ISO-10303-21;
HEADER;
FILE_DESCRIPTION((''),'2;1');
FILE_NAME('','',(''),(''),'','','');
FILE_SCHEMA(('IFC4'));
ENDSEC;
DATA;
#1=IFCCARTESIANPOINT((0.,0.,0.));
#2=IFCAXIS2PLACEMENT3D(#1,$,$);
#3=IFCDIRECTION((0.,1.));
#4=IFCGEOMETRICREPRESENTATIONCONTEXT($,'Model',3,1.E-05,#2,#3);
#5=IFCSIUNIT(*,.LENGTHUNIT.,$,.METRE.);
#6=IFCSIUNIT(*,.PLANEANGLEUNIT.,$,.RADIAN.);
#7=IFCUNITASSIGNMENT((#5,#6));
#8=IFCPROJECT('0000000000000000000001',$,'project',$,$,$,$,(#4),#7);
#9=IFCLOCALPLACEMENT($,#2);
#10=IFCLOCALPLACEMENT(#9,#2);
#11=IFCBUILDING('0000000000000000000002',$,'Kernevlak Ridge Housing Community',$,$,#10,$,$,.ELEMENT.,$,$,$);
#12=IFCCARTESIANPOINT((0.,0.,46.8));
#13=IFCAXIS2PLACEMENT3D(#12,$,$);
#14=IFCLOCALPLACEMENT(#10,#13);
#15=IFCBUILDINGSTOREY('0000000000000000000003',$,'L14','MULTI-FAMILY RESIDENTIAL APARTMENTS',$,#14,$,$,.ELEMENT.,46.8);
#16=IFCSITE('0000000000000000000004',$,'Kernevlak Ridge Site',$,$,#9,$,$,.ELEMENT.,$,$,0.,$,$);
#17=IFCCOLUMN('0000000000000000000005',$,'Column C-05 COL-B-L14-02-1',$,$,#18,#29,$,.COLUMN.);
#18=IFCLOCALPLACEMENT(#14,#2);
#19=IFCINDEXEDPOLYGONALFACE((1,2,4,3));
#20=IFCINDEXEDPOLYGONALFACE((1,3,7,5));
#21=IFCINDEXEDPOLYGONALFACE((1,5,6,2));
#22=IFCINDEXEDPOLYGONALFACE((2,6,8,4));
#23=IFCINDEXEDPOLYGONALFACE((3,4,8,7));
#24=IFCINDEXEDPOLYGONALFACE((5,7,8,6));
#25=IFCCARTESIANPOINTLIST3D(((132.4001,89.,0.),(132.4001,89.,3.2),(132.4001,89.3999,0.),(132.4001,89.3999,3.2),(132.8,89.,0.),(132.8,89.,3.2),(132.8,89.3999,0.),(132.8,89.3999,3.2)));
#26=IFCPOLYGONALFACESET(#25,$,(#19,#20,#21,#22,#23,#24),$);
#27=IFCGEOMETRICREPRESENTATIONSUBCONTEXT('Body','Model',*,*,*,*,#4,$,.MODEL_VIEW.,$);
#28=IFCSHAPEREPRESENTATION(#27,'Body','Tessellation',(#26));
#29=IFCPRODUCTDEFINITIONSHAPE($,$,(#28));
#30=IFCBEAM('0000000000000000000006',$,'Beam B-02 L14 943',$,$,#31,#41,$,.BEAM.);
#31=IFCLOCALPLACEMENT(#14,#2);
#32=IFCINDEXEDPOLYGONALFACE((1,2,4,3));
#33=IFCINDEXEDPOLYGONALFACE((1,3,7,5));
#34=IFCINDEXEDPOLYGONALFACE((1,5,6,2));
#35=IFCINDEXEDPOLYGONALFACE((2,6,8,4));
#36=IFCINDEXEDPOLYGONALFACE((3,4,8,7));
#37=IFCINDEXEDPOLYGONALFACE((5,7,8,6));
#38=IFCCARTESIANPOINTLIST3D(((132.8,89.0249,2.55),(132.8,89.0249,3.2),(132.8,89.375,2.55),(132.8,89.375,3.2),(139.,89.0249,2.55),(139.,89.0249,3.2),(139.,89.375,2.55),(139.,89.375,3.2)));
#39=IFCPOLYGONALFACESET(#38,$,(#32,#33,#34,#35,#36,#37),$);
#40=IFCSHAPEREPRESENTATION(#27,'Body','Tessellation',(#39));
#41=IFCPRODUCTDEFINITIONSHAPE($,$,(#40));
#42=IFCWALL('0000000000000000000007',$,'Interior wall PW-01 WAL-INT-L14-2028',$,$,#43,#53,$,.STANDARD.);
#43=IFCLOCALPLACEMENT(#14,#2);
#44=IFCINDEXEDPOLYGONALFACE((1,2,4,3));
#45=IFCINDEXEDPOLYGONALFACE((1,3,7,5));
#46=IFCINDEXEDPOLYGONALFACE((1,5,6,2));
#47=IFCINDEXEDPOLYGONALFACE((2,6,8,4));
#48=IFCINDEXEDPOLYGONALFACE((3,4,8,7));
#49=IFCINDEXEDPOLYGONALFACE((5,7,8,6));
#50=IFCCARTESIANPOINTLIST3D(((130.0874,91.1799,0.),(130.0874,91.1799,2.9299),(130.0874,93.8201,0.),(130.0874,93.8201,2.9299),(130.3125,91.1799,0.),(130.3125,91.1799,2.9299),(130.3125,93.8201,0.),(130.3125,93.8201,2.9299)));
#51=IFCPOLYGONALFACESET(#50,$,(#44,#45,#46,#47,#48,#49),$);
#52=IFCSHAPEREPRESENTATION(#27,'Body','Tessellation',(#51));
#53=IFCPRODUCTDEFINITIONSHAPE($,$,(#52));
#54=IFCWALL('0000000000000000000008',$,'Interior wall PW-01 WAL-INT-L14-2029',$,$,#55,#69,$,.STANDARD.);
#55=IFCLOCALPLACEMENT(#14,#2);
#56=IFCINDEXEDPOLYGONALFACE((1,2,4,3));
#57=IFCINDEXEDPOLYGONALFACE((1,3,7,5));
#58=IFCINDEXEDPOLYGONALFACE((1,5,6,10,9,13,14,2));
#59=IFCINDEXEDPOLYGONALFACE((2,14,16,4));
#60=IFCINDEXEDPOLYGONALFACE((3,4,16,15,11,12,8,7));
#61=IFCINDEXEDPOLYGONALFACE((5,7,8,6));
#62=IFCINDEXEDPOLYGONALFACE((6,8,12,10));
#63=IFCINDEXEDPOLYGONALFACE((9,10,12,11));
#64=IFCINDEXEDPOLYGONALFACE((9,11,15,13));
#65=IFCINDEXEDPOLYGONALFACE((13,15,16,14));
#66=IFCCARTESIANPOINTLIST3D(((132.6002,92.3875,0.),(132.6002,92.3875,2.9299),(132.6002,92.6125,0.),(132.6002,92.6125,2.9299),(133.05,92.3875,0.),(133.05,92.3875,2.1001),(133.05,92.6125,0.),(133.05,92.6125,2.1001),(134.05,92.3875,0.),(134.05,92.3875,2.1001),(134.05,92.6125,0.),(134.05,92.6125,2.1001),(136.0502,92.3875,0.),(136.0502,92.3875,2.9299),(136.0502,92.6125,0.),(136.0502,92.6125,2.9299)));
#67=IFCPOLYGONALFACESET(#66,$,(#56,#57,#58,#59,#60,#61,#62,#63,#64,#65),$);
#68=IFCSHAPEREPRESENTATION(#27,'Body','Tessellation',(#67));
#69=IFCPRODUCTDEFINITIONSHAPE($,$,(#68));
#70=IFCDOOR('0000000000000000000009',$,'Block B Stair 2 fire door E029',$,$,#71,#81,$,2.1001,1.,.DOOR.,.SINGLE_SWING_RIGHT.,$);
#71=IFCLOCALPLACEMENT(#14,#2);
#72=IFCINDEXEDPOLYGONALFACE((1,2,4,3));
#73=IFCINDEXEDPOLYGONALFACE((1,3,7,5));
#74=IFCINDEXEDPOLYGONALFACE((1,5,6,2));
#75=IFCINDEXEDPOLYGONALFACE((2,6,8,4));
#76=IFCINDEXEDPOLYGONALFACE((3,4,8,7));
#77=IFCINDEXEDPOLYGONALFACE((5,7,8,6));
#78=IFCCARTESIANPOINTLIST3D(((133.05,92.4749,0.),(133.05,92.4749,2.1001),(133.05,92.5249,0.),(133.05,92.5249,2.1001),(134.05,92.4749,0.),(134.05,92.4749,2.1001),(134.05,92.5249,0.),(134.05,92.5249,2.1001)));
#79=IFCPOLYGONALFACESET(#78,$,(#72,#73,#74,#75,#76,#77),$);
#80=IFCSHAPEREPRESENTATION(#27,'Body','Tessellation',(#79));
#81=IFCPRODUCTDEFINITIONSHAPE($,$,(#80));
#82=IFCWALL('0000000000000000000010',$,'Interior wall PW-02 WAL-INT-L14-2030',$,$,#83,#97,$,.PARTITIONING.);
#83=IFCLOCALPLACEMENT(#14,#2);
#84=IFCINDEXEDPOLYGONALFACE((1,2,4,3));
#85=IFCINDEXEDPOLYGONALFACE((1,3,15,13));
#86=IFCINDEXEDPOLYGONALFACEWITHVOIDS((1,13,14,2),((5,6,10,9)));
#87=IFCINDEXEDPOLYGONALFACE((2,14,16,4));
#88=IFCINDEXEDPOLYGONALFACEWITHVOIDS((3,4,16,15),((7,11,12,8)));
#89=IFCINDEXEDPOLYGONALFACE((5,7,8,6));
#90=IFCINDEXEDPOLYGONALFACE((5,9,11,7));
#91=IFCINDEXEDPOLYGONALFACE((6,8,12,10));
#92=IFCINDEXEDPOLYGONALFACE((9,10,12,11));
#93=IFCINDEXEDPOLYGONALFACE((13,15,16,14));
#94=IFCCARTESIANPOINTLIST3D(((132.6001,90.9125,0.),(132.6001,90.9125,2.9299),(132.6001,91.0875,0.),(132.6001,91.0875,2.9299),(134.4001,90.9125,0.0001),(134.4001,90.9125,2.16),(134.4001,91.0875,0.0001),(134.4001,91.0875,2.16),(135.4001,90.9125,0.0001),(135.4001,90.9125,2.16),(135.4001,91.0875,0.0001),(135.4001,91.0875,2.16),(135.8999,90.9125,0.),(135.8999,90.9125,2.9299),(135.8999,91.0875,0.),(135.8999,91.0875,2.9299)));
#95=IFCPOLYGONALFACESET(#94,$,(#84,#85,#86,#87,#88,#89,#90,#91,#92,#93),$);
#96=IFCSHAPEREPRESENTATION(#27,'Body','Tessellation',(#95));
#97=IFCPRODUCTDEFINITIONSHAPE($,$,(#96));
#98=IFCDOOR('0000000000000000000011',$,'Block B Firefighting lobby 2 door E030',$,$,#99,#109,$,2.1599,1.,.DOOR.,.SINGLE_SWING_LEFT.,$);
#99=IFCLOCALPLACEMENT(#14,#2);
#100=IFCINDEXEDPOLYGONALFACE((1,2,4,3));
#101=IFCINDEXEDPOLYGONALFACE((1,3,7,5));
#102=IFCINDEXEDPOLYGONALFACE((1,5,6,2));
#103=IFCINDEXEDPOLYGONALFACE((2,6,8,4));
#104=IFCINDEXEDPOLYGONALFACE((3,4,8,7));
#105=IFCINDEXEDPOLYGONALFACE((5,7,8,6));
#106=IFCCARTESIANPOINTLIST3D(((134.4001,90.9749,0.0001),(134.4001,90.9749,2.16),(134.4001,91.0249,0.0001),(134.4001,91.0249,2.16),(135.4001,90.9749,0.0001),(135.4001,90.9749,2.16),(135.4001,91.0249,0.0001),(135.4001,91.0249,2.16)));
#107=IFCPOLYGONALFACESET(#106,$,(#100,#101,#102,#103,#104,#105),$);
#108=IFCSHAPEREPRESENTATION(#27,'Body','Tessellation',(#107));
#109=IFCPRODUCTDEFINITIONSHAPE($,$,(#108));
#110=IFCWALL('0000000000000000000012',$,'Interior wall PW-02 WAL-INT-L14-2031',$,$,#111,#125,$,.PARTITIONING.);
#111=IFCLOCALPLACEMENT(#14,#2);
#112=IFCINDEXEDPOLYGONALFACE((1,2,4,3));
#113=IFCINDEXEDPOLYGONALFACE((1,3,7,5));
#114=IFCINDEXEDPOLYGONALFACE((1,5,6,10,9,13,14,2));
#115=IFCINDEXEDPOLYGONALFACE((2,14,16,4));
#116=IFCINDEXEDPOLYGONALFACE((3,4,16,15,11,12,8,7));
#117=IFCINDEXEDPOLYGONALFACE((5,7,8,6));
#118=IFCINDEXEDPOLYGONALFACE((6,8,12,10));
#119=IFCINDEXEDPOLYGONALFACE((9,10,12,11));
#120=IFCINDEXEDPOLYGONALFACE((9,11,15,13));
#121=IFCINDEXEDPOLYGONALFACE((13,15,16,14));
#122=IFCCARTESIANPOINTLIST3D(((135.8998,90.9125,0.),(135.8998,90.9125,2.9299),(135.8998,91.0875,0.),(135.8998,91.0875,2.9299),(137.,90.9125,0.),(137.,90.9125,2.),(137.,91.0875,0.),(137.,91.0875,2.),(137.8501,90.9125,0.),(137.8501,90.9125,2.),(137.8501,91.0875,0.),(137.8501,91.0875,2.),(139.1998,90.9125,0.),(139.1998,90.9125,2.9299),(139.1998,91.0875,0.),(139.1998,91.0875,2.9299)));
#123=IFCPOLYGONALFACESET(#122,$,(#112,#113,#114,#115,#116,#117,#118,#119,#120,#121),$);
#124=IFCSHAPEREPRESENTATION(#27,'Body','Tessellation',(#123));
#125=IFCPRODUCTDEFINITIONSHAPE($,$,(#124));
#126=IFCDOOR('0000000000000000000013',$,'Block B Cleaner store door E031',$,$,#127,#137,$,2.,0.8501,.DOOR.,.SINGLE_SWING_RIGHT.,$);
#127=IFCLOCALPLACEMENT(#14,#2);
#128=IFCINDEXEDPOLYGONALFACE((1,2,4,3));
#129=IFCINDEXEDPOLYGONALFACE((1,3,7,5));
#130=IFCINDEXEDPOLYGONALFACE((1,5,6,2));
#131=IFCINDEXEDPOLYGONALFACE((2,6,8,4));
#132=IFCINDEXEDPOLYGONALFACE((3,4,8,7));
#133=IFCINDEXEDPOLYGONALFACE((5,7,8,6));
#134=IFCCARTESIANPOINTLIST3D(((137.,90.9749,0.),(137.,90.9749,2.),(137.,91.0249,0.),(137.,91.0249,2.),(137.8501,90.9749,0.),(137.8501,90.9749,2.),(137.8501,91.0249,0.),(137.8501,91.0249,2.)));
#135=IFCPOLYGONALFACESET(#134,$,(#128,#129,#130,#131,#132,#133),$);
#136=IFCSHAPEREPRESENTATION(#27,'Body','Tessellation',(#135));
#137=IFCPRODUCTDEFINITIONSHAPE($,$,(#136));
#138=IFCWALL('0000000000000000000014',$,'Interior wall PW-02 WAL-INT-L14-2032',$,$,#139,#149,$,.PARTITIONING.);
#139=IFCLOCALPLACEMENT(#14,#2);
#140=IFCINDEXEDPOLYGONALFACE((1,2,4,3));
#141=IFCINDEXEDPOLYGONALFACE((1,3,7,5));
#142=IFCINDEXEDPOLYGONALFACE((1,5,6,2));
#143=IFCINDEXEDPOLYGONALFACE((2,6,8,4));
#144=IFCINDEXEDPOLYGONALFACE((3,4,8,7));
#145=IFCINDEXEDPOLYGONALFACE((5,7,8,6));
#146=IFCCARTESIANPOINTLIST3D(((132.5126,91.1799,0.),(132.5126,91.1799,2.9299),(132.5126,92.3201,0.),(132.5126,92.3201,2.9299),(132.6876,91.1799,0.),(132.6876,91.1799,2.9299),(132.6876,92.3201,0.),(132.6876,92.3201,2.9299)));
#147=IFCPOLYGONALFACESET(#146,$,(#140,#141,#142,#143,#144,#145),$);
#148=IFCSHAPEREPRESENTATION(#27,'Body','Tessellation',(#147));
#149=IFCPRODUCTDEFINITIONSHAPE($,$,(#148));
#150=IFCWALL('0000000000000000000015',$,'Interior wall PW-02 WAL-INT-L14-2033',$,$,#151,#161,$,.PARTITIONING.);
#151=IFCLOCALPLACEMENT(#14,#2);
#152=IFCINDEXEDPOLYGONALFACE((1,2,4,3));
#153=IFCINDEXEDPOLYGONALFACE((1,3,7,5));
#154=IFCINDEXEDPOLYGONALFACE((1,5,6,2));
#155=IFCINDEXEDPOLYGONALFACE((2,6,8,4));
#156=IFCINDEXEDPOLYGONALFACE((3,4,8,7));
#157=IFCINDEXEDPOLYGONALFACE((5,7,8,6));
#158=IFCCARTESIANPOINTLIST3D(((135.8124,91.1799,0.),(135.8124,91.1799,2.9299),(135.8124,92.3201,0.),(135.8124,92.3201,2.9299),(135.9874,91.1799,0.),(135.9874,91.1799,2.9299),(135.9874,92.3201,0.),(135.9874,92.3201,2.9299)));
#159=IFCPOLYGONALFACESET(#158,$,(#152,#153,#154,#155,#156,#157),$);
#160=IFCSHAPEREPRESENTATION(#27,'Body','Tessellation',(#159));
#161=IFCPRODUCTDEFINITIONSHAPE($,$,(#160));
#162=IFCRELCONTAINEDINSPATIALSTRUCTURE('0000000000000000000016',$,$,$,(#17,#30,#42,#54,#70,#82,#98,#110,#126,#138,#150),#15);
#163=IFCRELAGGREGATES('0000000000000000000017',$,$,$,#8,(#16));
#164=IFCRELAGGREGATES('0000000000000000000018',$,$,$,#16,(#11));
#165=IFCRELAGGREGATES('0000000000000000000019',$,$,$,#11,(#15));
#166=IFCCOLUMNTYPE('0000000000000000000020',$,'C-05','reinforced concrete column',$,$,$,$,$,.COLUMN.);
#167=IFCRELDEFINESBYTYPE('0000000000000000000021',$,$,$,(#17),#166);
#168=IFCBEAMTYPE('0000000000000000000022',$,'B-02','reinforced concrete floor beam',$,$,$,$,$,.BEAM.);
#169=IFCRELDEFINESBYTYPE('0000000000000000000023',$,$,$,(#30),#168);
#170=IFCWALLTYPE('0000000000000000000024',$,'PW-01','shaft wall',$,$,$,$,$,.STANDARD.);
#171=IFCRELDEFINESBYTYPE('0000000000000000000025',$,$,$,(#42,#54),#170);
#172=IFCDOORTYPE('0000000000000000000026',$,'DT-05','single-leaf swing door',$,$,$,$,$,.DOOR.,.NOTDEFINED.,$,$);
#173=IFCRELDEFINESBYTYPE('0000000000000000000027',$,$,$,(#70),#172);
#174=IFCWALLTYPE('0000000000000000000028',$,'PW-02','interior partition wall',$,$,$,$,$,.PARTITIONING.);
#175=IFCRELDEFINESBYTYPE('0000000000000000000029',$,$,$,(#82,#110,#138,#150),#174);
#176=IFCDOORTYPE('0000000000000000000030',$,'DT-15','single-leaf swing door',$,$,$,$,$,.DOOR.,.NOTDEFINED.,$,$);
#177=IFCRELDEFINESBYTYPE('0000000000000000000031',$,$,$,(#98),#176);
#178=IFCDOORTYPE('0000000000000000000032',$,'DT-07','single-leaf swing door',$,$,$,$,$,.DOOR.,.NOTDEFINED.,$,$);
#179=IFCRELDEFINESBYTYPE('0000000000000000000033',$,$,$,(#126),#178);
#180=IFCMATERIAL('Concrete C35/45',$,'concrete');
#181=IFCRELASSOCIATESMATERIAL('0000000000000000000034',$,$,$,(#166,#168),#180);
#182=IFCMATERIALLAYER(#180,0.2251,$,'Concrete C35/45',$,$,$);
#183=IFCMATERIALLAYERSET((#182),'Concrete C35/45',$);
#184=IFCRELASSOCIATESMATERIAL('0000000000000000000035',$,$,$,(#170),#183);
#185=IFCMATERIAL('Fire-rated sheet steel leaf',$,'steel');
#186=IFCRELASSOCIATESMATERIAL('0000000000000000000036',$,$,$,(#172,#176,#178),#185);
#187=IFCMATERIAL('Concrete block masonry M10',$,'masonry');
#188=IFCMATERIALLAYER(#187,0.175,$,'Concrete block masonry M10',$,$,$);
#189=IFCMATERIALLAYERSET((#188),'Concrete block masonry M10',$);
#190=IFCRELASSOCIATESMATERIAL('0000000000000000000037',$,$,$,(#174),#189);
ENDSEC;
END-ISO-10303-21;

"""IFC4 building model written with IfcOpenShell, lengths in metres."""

from ifc_helpers import new_model, si_unit, direction, frame, frame_2d, origin, origin_2d, place, context, subcontext, project, spatial, rectangle, extrude, material, layer, layer_set, material_profile, profile_set, type_object, element, fill, save


model = new_model("IFC4")

# Units and contexts
model_context = context("Model", 3, precision=1e-05, world=origin(), true_north=direction((0.0, 1.0)))
body_context = subcontext(model_context, "Body", "Model", "MODEL_VIEW")
ifc_project = project(units=[si_unit("LENGTHUNIT", "METRE"), si_unit("PLANEANGLEUNIT", "RADIAN")], contexts=[model_context])

# Site, building, storey
site_placement = place(None, origin())
site = spatial("IfcSite", under=ifc_project, at=site_placement, Name="Kernevlak Ridge Site", CompositionType="ELEMENT", RefElevation=0.0)
building_placement = place(site_placement, origin())
building = spatial("IfcBuilding", under=site, at=building_placement, Name="Kernevlak Ridge Housing Community", CompositionType="ELEMENT")
storey_placement = place(building_placement, frame((0.0, 0.0, 46.8)))
storey = spatial("IfcBuildingStorey", under=building, at=storey_placement, Name="L14", Description="MULTI-FAMILY RESIDENTIAL APARTMENTS", CompositionType="ELEMENT", Elevation=46.8)

# Column
ifc_material_1 = material(Name="Concrete C35/45", Category="concrete")
ifc_material_profile_1 = material_profile(ifc_material_1, rectangle(XDim=0.3999, YDim=0.3999, at=origin_2d()), Name="RC 400x400")
ifc_profile_set_1 = profile_set([ifc_material_profile_1], Name="Concrete C35/45")
column_type = type_object("IfcColumnType", Name="C-05", Description="reinforced concrete column", PredefinedType="COLUMN", material=ifc_profile_set_1)
column_placement = place(storey_placement, frame((132.6001, 89.2, 0.0), z_axis=(0.0, 0.0, 1.0), x_axis=(1.0, 0.0, 0.0)))
element("IfcColumn", 1, at=column_placement, inside=storey, type_object=column_type, Name="Column C-05 COL-B-L14-02-1", PredefinedType="COLUMN", context=body_context, shape_type="SweptSolid", body=[
    extrude(rectangle(XDim=0.3999, YDim=0.3999, at=origin_2d()), origin(), (0.0, 0.0, 1.0), 3.2),
])

# Beam
ifc_material_profile_2 = material_profile(ifc_material_1, rectangle(XDim=0.3501, YDim=0.6499, at=origin_2d()), Name="RC 350x650")
ifc_profile_set_2 = profile_set([ifc_material_profile_2], Name="Concrete C35/45")
beam_type = type_object("IfcBeamType", Name="B-02", Description="reinforced concrete floor beam", PredefinedType="BEAM", material=ifc_profile_set_2)
beam_placement = place(storey_placement, frame((132.8, 89.2, 2.875), z_axis=(1.0, 0.0, 0.0), x_axis=(0.0, 1.0, 0.0)))
element("IfcBeam", 2, at=beam_placement, inside=storey, type_object=beam_type, Name="Beam B-02 L14 943", PredefinedType="BEAM", context=body_context, shape_type="SweptSolid", body=[
    extrude(rectangle(XDim=0.3501, YDim=0.6499, at=origin_2d()), origin(), (0.0, 0.0, 1.0), 6.2),
])

# Wall
ifc_layer_1 = layer(ifc_material_1, 0.2251, Name="Concrete C35/45")
ifc_layer_set_1 = layer_set([ifc_layer_1], Name="Concrete C35/45")
wall_type_1 = type_object("IfcWallType", Name="PW-01", Description="shaft wall", PredefinedType="STANDARD", material=ifc_layer_set_1)
wall_1_placement = place(storey_placement, frame((130.2, 91.1799, 0.0), z_axis=(0.0, 0.0, 1.0), x_axis=(0.0, 1.0, 0.0)))
element("IfcWall", 3, at=wall_1_placement, inside=storey, type_object=wall_type_1, Name="Interior wall PW-01 WAL-INT-L14-2028", PredefinedType="STANDARD", context=body_context, shape_type="SweptSolid", body=[
    extrude(rectangle(XDim=2.6401, YDim=0.2251, at=frame_2d((1.3201, 0.0))), origin(), (0.0, 0.0, 1.0), 2.9299),
])

# Walls, openings, doors
wall_2_placement = place(storey_placement, frame((132.6001, 92.5, 0.0), z_axis=(0.0, 0.0, 1.0), x_axis=(1.0, 0.0, 0.0)))
wall_2 = element("IfcWall", 4, at=wall_2_placement, inside=storey, type_object=wall_type_1, Name="Interior wall PW-01 WAL-INT-L14-2029", PredefinedType="STANDARD", context=body_context, shape_type="SweptSolid", body=[
    extrude(rectangle(XDim=3.45, YDim=0.2251, at=frame_2d((1.7251, 0.0))), origin(), (0.0, 0.0, 1.0), 2.9299),
])
opening_1_placement = place(wall_2_placement, frame((0.45, 0.0, 0.0)))
opening_1 = element("IfcOpeningElement", 5, at=opening_1_placement, cuts=wall_2, PredefinedType="OPENING", context=body_context, shape_type="SweptSolid", body=[
    extrude(rectangle(XDim=1.0, YDim=2.1001, at=frame_2d((0.5, 1.05))), frame((0.0, 0.1226, 0.0), z_axis=(0.0, -1.0, 0.0), x_axis=(1.0, 0.0, 0.0)), (0.0, 0.0, 1.0), 0.2451),
])
ifc_material_2 = material(Name="Fire-rated sheet steel leaf", Category="steel")
door_type_1 = type_object("IfcDoorType", Name="DT-05", Description="single-leaf swing door", OperationType="NOTDEFINED", PredefinedType="DOOR", material=ifc_material_2)
door_1_placement = place(opening_1_placement, origin())
door_1 = element("IfcDoor", 6, at=door_1_placement, inside=storey, type_object=door_type_1, Name="Block B Stair 2 fire door E029", OperationType="SINGLE_SWING_RIGHT", OverallHeight=2.1001, OverallWidth=1.0, PredefinedType="DOOR", context=body_context, shape_type="SweptSolid", body=[
    extrude(rectangle(XDim=1.0, YDim=2.1001, at=frame_2d((0.5, 1.05))), frame((0.0, 0.0249, 0.0), z_axis=(0.0, -1.0, 0.0), x_axis=(1.0, 0.0, 0.0)), (0.0, 0.0, 1.0), 0.05),
])
fill(opening_1, door_1)
ifc_material_3 = material(Name="Concrete block masonry M10", Category="masonry")
ifc_layer_2 = layer(ifc_material_3, 0.175, Name="Concrete block masonry M10")
ifc_layer_set_2 = layer_set([ifc_layer_2], Name="Concrete block masonry M10")
wall_type_2 = type_object("IfcWallType", Name="PW-02", Description="interior partition wall", PredefinedType="PARTITIONING", material=ifc_layer_set_2)
wall_3_placement = place(storey_placement, frame((132.6001, 91.0, 0.0), z_axis=(0.0, 0.0, 1.0), x_axis=(1.0, 0.0, 0.0)))
wall_3 = element("IfcWall", 7, at=wall_3_placement, inside=storey, type_object=wall_type_2, Name="Interior wall PW-02 WAL-INT-L14-2030", PredefinedType="PARTITIONING", context=body_context, shape_type="SweptSolid", body=[
    extrude(rectangle(XDim=3.2998, YDim=0.175, at=frame_2d((1.6499, 0.0))), origin(), (0.0, 0.0, 1.0), 2.9299),
])
opening_2_placement = place(wall_3_placement, frame((1.8, 0.0, 0.0)))
opening_2 = element("IfcOpeningElement", 8, at=opening_2_placement, cuts=wall_3, PredefinedType="OPENING", context=body_context, shape_type="SweptSolid", body=[
    extrude(rectangle(XDim=1.0, YDim=2.1599, at=frame_2d((0.5, 1.0801))), frame((0.0, 0.0974, 0.0), z_axis=(0.0, -1.0, 0.0), x_axis=(1.0, 0.0, 0.0)), (0.0, 0.0, 1.0), 0.1951),
])
door_type_2 = type_object("IfcDoorType", Name="DT-15", Description="single-leaf swing door", OperationType="NOTDEFINED", PredefinedType="DOOR", material=ifc_material_2)
door_2_placement = place(opening_2_placement, origin())
door_2 = element("IfcDoor", 9, at=door_2_placement, inside=storey, type_object=door_type_2, Name="Block B Firefighting lobby 2 door E030", OperationType="SINGLE_SWING_LEFT", OverallHeight=2.1599, OverallWidth=1.0, PredefinedType="DOOR", context=body_context, shape_type="SweptSolid", body=[
    extrude(rectangle(XDim=1.0, YDim=2.1599, at=frame_2d((0.5, 1.0801))), frame((0.0, 0.0249, 0.0), z_axis=(0.0, -1.0, 0.0), x_axis=(1.0, 0.0, 0.0)), (0.0, 0.0, 1.0), 0.05),
])
fill(opening_2, door_2)
wall_4_placement = place(storey_placement, frame((135.8999, 91.0, 0.0), z_axis=(0.0, 0.0, 1.0), x_axis=(1.0, 0.0, 0.0)))
wall_4 = element("IfcWall", 10, at=wall_4_placement, inside=storey, type_object=wall_type_2, Name="Interior wall PW-02 WAL-INT-L14-2031", PredefinedType="PARTITIONING", context=body_context, shape_type="SweptSolid", body=[
    extrude(rectangle(XDim=3.3, YDim=0.175, at=frame_2d((1.6499, 0.0))), origin(), (0.0, 0.0, 1.0), 2.9299),
])
opening_3_placement = place(wall_4_placement, frame((1.1001, 0.0, 0.0)))
opening_3 = element("IfcOpeningElement", 11, at=opening_3_placement, cuts=wall_4, PredefinedType="OPENING", context=body_context, shape_type="SweptSolid", body=[
    extrude(rectangle(XDim=0.8501, YDim=2.0, at=frame_2d((0.425, 1.0))), frame((0.0, 0.0974, 0.0), z_axis=(0.0, -1.0, 0.0), x_axis=(1.0, 0.0, 0.0)), (0.0, 0.0, 1.0), 0.1951),
])
door_type_3 = type_object("IfcDoorType", Name="DT-07", Description="single-leaf swing door", OperationType="NOTDEFINED", PredefinedType="DOOR", material=ifc_material_2)
door_3_placement = place(opening_3_placement, origin())
door_3 = element("IfcDoor", 12, at=door_3_placement, inside=storey, type_object=door_type_3, Name="Block B Cleaner store door E031", OperationType="SINGLE_SWING_RIGHT", OverallHeight=2.0, OverallWidth=0.8501, PredefinedType="DOOR", context=body_context, shape_type="SweptSolid", body=[
    extrude(rectangle(XDim=0.8501, YDim=2.0, at=frame_2d((0.425, 1.0))), frame((0.0, 0.0249, 0.0), z_axis=(0.0, -1.0, 0.0), x_axis=(1.0, 0.0, 0.0)), (0.0, 0.0, 1.0), 0.05),
])
fill(opening_3, door_3)

# Walls
for number, where, z_axis, x_axis, name in (
    (13, (132.6001, 91.1799, 0.0), (0.0, 0.0, 1.0), (0.0, 1.0, 0.0), "Interior wall PW-02 WAL-INT-L14-2032"),
    (14, (135.8999, 91.1799, 0.0), (0.0, 0.0, 1.0), (0.0, 1.0, 0.0), "Interior wall PW-02 WAL-INT-L14-2033"),
):
    element("IfcWall", number, at=place(storey_placement, frame(where, z_axis=z_axis, x_axis=x_axis)), inside=storey, type_object=wall_type_2, Name=name, PredefinedType="PARTITIONING", context=body_context, shape_type="SweptSolid", body=[
        extrude(rectangle(XDim=1.1401, YDim=0.175, at=frame_2d((0.5701, 0.0))), origin(), (0.0, 0.0, 1.0), 2.9299),
    ])

save(model, "model.ifc")
